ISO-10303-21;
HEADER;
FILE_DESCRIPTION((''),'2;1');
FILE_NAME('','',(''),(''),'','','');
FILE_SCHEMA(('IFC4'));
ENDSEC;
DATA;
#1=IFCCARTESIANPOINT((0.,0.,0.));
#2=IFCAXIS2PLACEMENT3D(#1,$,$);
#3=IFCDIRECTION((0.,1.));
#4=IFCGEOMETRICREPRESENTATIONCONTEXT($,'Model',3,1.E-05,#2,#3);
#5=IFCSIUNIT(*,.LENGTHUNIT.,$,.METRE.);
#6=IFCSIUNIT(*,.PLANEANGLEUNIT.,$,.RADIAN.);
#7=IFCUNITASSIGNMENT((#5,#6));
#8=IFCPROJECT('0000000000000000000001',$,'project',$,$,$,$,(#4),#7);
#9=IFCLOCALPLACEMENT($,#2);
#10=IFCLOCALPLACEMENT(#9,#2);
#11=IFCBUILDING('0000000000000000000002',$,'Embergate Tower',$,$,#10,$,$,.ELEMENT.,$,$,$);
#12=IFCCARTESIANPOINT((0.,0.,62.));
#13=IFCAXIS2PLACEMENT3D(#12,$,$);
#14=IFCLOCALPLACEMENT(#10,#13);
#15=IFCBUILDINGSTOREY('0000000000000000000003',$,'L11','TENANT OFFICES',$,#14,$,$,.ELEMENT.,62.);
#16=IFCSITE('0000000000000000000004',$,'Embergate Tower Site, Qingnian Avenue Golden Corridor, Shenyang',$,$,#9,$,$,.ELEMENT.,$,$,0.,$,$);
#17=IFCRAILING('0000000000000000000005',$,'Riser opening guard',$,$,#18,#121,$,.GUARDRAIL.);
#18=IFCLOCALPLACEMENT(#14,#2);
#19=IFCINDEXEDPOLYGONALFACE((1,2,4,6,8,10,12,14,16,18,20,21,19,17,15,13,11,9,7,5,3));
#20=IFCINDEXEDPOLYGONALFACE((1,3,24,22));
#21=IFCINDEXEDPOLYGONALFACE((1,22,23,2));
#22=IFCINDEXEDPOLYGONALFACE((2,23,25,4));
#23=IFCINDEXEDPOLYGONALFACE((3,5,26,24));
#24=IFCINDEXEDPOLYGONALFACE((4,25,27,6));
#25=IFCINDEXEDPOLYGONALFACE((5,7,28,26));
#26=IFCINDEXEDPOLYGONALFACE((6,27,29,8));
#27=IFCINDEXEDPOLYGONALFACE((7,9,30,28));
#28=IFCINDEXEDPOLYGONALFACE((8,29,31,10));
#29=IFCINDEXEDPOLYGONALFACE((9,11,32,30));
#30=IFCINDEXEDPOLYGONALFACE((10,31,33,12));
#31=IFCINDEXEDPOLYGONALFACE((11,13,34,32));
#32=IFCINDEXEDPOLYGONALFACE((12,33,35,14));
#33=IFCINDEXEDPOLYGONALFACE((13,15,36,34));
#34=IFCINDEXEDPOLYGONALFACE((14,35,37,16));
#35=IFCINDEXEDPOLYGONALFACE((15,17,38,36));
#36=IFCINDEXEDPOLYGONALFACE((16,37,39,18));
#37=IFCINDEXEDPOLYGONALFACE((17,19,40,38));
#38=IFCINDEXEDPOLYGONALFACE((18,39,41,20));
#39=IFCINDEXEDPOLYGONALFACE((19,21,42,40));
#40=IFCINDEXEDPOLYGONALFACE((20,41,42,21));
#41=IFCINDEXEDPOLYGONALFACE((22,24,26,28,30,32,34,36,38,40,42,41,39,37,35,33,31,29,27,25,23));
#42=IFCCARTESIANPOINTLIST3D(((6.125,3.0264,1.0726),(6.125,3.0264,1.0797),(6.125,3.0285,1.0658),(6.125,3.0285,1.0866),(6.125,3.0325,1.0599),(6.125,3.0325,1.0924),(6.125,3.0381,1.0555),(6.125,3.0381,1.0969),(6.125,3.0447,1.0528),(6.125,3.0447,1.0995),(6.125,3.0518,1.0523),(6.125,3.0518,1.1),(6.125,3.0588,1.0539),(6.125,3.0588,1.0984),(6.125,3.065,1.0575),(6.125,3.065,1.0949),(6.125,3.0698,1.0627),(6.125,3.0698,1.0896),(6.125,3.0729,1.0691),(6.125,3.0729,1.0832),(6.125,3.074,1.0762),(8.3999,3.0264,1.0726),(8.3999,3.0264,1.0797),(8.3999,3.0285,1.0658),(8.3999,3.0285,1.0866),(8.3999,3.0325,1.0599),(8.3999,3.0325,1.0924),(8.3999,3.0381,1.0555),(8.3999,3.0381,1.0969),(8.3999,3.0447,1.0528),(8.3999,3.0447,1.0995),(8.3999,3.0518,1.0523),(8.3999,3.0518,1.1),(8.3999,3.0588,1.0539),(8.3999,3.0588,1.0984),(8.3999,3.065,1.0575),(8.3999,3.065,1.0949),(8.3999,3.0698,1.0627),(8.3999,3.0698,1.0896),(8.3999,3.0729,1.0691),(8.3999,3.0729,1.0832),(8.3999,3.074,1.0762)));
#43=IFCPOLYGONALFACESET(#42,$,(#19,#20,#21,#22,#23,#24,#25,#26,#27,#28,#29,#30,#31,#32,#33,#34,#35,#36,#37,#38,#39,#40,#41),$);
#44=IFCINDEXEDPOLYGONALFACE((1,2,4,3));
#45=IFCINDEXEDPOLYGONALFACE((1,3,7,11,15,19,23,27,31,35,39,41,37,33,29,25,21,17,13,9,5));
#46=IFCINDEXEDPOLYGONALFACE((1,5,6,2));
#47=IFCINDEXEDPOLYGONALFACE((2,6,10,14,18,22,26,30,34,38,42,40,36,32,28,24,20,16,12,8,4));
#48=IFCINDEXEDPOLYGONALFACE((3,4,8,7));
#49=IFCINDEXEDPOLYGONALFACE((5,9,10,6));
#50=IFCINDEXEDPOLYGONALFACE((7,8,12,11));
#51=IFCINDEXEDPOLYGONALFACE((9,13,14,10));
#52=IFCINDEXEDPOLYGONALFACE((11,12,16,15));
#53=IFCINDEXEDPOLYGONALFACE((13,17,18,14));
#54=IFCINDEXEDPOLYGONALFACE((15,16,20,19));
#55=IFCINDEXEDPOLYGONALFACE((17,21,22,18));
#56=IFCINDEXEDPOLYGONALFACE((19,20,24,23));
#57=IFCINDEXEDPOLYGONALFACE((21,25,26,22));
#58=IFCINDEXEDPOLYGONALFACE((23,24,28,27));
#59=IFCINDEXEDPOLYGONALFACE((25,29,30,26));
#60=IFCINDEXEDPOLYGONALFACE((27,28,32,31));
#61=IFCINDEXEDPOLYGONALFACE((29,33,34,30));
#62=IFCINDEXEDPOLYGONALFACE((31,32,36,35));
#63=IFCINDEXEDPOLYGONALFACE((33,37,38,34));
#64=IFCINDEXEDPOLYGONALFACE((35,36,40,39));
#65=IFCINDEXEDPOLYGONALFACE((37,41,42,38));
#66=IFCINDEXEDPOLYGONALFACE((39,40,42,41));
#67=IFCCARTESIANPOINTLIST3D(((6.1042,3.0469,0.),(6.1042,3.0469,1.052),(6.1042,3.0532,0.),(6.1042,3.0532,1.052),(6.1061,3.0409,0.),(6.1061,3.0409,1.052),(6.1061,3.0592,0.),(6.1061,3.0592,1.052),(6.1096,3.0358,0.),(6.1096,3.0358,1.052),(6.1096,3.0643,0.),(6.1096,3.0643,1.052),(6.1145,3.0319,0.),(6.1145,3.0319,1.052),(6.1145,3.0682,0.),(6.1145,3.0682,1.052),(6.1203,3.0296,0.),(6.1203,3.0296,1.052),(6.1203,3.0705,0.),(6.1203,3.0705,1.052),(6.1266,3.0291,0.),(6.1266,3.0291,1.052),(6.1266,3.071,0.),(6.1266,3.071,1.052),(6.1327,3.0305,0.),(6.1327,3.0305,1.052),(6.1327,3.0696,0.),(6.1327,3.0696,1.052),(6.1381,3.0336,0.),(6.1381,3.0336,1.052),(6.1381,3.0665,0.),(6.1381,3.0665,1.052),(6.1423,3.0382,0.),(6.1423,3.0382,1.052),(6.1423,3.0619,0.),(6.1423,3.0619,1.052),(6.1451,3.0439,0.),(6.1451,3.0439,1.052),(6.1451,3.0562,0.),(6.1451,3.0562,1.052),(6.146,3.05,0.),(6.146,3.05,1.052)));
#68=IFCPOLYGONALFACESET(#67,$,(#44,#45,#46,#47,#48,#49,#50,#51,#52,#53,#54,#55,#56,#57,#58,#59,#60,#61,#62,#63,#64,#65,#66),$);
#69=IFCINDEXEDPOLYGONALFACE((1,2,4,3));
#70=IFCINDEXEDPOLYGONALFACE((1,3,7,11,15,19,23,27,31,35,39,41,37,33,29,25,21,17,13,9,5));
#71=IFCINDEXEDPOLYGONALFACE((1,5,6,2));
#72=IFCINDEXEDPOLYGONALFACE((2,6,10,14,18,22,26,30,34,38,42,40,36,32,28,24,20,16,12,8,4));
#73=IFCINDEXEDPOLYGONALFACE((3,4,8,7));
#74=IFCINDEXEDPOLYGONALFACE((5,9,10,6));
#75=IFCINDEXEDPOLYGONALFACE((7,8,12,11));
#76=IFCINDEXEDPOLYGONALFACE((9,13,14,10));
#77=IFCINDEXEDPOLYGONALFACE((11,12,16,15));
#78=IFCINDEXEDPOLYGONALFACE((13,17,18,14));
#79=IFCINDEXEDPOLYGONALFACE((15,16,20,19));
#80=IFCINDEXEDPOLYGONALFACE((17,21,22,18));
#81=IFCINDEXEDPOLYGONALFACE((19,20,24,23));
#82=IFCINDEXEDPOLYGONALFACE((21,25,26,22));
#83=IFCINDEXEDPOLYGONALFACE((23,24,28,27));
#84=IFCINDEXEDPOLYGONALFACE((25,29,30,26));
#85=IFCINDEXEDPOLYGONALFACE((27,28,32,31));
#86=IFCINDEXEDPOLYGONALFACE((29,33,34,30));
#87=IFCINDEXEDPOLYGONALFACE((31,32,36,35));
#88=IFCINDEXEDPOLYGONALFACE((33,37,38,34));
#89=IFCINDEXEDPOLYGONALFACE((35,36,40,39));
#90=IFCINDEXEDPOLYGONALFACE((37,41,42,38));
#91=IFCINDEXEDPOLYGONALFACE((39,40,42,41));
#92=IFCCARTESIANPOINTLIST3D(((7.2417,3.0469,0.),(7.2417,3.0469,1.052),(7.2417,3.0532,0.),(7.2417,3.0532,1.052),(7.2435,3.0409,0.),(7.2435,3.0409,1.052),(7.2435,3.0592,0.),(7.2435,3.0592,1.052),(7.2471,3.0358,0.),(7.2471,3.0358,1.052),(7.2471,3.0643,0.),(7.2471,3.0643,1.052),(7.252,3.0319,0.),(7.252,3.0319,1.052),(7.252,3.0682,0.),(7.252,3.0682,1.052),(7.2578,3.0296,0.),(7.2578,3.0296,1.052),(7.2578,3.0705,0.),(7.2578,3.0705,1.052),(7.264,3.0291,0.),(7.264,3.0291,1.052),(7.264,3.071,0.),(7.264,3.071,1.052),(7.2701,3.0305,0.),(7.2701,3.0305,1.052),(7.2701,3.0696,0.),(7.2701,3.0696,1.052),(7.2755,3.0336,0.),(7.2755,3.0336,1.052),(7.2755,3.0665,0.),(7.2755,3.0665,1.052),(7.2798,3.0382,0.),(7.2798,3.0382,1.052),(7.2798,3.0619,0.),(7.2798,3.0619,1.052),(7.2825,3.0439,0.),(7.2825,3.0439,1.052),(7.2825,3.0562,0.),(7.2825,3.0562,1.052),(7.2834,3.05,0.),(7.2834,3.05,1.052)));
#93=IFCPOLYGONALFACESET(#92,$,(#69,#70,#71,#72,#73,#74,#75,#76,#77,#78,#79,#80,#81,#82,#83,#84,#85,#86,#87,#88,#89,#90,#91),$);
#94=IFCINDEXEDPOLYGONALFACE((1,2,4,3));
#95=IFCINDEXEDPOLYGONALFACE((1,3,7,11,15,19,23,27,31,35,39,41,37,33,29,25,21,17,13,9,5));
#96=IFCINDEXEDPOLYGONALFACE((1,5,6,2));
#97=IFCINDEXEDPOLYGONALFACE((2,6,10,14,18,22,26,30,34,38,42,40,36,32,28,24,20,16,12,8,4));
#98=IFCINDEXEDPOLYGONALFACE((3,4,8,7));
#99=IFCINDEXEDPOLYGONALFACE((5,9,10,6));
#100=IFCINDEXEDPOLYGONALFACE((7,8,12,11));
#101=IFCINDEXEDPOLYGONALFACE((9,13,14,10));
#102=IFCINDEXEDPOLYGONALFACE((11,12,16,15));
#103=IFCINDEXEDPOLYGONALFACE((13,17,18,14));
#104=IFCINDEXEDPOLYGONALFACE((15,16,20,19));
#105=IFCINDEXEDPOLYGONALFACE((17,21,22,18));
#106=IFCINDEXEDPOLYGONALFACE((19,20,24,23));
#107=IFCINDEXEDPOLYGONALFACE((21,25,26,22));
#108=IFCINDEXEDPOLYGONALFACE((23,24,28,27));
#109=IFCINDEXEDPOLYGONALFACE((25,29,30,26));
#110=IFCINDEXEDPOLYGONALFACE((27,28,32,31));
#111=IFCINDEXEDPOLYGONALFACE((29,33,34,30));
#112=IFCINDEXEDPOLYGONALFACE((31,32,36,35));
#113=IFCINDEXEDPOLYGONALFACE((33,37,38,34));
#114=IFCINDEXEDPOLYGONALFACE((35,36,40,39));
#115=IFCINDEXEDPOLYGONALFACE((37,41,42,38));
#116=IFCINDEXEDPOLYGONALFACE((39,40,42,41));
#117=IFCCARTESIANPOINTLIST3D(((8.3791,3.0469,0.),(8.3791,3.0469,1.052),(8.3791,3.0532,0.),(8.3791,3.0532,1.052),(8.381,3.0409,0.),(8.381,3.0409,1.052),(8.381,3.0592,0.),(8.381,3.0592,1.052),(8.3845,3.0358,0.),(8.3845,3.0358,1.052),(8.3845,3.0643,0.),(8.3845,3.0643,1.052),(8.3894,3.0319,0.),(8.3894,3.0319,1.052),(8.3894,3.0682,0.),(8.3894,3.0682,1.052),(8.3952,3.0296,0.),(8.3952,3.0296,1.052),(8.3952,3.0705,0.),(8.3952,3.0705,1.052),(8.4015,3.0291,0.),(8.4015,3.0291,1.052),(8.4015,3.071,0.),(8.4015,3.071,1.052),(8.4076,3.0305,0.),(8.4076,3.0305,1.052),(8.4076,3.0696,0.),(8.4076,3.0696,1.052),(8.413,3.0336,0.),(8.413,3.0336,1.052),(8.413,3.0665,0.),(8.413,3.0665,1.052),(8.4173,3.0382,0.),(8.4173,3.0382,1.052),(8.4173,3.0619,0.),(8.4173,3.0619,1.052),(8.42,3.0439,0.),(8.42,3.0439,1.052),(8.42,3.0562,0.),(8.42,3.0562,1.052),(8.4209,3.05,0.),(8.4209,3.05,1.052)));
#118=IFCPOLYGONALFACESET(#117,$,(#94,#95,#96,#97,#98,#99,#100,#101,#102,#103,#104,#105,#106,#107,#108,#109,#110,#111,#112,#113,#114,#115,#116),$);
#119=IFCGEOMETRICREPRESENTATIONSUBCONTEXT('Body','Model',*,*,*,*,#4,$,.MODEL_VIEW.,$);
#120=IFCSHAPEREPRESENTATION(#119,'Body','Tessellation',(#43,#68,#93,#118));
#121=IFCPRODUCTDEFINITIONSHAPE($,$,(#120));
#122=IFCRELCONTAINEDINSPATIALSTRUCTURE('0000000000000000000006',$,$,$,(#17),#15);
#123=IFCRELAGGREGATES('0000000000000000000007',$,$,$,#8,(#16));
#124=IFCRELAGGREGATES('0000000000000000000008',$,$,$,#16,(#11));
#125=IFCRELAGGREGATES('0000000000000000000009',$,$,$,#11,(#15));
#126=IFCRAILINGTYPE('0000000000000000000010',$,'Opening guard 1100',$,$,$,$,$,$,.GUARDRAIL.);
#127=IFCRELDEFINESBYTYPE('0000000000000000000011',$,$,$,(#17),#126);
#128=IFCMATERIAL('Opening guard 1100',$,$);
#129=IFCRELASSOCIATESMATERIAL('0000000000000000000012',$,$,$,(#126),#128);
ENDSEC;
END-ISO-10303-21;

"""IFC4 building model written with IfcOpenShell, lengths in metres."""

from ifc_helpers import new_model, si_unit, direction, frame, origin, origin_2d, place, context, subcontext, project, spatial, circle, extrude, source, transform, mapped, material, type_object, element, save


model = new_model("IFC4")

# Units and contexts
model_context = context("Model", 3, precision=1e-05, world=origin(), true_north=direction((0.0, 1.0)))
body_context = subcontext(model_context, "Body", "Model", "MODEL_VIEW")
ifc_project = project(units=[si_unit("LENGTHUNIT", "METRE"), si_unit("PLANEANGLEUNIT", "RADIAN")], contexts=[model_context])

# Site, building, storey
site_placement = place(None, origin())
site = spatial("IfcSite", under=ifc_project, at=site_placement, Name="Embergate Tower Site, Qingnian Avenue Golden Corridor, Shenyang", CompositionType="ELEMENT", RefElevation=0.0)
building_placement = place(site_placement, origin())
building = spatial("IfcBuilding", under=site, at=building_placement, Name="Embergate Tower", CompositionType="ELEMENT")
storey_placement = place(building_placement, frame((0.0, 0.0, 62.0)))
storey = spatial("IfcBuildingStorey", under=building, at=storey_placement, Name="L11", Description="TENANT OFFICES", CompositionType="ELEMENT", Elevation=62.0)

# Railing
ifc_material_1 = material(Name="Opening guard 1100")
railing_type = type_object("IfcRailingType", Name="Opening guard 1100", PredefinedType="GUARDRAIL", material=ifc_material_1)
shared_shape_1 = source(origin(), body_context, "Body", "SweptSolid", [
    extrude(circle(Radius=0.0239, at=origin_2d()), frame((0.0, 0.0, 1.0762), z_axis=(1.0, 0.0, 0.0), x_axis=(0.0, 1.0, 0.0)), (0.0, 0.0, 1.0), 2.2749),
    extrude(circle(Radius=0.021, at=origin_2d()), origin(), (0.0, 0.0, 1.0), 1.052),
    extrude(circle(Radius=0.021, at=origin_2d()), frame((1.1375, 0.0, 0.0)), (0.0, 0.0, 1.0), 1.052),
    extrude(circle(Radius=0.021, at=origin_2d()), frame((2.2749, 0.0, 0.0)), (0.0, 0.0, 1.0), 1.052),
])
railing_placement = place(storey_placement, frame((6.125, 3.05, 0.0)))
element("IfcRailing", 1, at=railing_placement, inside=storey, type_object=railing_type, Name="Riser opening guard", PredefinedType="GUARDRAIL", context=body_context, shape_type="MappedRepresentation", body=[
    mapped(shared_shape_1, transform((0.0, 0.0, 0.0))),
])

save(model, "model.ifc")
